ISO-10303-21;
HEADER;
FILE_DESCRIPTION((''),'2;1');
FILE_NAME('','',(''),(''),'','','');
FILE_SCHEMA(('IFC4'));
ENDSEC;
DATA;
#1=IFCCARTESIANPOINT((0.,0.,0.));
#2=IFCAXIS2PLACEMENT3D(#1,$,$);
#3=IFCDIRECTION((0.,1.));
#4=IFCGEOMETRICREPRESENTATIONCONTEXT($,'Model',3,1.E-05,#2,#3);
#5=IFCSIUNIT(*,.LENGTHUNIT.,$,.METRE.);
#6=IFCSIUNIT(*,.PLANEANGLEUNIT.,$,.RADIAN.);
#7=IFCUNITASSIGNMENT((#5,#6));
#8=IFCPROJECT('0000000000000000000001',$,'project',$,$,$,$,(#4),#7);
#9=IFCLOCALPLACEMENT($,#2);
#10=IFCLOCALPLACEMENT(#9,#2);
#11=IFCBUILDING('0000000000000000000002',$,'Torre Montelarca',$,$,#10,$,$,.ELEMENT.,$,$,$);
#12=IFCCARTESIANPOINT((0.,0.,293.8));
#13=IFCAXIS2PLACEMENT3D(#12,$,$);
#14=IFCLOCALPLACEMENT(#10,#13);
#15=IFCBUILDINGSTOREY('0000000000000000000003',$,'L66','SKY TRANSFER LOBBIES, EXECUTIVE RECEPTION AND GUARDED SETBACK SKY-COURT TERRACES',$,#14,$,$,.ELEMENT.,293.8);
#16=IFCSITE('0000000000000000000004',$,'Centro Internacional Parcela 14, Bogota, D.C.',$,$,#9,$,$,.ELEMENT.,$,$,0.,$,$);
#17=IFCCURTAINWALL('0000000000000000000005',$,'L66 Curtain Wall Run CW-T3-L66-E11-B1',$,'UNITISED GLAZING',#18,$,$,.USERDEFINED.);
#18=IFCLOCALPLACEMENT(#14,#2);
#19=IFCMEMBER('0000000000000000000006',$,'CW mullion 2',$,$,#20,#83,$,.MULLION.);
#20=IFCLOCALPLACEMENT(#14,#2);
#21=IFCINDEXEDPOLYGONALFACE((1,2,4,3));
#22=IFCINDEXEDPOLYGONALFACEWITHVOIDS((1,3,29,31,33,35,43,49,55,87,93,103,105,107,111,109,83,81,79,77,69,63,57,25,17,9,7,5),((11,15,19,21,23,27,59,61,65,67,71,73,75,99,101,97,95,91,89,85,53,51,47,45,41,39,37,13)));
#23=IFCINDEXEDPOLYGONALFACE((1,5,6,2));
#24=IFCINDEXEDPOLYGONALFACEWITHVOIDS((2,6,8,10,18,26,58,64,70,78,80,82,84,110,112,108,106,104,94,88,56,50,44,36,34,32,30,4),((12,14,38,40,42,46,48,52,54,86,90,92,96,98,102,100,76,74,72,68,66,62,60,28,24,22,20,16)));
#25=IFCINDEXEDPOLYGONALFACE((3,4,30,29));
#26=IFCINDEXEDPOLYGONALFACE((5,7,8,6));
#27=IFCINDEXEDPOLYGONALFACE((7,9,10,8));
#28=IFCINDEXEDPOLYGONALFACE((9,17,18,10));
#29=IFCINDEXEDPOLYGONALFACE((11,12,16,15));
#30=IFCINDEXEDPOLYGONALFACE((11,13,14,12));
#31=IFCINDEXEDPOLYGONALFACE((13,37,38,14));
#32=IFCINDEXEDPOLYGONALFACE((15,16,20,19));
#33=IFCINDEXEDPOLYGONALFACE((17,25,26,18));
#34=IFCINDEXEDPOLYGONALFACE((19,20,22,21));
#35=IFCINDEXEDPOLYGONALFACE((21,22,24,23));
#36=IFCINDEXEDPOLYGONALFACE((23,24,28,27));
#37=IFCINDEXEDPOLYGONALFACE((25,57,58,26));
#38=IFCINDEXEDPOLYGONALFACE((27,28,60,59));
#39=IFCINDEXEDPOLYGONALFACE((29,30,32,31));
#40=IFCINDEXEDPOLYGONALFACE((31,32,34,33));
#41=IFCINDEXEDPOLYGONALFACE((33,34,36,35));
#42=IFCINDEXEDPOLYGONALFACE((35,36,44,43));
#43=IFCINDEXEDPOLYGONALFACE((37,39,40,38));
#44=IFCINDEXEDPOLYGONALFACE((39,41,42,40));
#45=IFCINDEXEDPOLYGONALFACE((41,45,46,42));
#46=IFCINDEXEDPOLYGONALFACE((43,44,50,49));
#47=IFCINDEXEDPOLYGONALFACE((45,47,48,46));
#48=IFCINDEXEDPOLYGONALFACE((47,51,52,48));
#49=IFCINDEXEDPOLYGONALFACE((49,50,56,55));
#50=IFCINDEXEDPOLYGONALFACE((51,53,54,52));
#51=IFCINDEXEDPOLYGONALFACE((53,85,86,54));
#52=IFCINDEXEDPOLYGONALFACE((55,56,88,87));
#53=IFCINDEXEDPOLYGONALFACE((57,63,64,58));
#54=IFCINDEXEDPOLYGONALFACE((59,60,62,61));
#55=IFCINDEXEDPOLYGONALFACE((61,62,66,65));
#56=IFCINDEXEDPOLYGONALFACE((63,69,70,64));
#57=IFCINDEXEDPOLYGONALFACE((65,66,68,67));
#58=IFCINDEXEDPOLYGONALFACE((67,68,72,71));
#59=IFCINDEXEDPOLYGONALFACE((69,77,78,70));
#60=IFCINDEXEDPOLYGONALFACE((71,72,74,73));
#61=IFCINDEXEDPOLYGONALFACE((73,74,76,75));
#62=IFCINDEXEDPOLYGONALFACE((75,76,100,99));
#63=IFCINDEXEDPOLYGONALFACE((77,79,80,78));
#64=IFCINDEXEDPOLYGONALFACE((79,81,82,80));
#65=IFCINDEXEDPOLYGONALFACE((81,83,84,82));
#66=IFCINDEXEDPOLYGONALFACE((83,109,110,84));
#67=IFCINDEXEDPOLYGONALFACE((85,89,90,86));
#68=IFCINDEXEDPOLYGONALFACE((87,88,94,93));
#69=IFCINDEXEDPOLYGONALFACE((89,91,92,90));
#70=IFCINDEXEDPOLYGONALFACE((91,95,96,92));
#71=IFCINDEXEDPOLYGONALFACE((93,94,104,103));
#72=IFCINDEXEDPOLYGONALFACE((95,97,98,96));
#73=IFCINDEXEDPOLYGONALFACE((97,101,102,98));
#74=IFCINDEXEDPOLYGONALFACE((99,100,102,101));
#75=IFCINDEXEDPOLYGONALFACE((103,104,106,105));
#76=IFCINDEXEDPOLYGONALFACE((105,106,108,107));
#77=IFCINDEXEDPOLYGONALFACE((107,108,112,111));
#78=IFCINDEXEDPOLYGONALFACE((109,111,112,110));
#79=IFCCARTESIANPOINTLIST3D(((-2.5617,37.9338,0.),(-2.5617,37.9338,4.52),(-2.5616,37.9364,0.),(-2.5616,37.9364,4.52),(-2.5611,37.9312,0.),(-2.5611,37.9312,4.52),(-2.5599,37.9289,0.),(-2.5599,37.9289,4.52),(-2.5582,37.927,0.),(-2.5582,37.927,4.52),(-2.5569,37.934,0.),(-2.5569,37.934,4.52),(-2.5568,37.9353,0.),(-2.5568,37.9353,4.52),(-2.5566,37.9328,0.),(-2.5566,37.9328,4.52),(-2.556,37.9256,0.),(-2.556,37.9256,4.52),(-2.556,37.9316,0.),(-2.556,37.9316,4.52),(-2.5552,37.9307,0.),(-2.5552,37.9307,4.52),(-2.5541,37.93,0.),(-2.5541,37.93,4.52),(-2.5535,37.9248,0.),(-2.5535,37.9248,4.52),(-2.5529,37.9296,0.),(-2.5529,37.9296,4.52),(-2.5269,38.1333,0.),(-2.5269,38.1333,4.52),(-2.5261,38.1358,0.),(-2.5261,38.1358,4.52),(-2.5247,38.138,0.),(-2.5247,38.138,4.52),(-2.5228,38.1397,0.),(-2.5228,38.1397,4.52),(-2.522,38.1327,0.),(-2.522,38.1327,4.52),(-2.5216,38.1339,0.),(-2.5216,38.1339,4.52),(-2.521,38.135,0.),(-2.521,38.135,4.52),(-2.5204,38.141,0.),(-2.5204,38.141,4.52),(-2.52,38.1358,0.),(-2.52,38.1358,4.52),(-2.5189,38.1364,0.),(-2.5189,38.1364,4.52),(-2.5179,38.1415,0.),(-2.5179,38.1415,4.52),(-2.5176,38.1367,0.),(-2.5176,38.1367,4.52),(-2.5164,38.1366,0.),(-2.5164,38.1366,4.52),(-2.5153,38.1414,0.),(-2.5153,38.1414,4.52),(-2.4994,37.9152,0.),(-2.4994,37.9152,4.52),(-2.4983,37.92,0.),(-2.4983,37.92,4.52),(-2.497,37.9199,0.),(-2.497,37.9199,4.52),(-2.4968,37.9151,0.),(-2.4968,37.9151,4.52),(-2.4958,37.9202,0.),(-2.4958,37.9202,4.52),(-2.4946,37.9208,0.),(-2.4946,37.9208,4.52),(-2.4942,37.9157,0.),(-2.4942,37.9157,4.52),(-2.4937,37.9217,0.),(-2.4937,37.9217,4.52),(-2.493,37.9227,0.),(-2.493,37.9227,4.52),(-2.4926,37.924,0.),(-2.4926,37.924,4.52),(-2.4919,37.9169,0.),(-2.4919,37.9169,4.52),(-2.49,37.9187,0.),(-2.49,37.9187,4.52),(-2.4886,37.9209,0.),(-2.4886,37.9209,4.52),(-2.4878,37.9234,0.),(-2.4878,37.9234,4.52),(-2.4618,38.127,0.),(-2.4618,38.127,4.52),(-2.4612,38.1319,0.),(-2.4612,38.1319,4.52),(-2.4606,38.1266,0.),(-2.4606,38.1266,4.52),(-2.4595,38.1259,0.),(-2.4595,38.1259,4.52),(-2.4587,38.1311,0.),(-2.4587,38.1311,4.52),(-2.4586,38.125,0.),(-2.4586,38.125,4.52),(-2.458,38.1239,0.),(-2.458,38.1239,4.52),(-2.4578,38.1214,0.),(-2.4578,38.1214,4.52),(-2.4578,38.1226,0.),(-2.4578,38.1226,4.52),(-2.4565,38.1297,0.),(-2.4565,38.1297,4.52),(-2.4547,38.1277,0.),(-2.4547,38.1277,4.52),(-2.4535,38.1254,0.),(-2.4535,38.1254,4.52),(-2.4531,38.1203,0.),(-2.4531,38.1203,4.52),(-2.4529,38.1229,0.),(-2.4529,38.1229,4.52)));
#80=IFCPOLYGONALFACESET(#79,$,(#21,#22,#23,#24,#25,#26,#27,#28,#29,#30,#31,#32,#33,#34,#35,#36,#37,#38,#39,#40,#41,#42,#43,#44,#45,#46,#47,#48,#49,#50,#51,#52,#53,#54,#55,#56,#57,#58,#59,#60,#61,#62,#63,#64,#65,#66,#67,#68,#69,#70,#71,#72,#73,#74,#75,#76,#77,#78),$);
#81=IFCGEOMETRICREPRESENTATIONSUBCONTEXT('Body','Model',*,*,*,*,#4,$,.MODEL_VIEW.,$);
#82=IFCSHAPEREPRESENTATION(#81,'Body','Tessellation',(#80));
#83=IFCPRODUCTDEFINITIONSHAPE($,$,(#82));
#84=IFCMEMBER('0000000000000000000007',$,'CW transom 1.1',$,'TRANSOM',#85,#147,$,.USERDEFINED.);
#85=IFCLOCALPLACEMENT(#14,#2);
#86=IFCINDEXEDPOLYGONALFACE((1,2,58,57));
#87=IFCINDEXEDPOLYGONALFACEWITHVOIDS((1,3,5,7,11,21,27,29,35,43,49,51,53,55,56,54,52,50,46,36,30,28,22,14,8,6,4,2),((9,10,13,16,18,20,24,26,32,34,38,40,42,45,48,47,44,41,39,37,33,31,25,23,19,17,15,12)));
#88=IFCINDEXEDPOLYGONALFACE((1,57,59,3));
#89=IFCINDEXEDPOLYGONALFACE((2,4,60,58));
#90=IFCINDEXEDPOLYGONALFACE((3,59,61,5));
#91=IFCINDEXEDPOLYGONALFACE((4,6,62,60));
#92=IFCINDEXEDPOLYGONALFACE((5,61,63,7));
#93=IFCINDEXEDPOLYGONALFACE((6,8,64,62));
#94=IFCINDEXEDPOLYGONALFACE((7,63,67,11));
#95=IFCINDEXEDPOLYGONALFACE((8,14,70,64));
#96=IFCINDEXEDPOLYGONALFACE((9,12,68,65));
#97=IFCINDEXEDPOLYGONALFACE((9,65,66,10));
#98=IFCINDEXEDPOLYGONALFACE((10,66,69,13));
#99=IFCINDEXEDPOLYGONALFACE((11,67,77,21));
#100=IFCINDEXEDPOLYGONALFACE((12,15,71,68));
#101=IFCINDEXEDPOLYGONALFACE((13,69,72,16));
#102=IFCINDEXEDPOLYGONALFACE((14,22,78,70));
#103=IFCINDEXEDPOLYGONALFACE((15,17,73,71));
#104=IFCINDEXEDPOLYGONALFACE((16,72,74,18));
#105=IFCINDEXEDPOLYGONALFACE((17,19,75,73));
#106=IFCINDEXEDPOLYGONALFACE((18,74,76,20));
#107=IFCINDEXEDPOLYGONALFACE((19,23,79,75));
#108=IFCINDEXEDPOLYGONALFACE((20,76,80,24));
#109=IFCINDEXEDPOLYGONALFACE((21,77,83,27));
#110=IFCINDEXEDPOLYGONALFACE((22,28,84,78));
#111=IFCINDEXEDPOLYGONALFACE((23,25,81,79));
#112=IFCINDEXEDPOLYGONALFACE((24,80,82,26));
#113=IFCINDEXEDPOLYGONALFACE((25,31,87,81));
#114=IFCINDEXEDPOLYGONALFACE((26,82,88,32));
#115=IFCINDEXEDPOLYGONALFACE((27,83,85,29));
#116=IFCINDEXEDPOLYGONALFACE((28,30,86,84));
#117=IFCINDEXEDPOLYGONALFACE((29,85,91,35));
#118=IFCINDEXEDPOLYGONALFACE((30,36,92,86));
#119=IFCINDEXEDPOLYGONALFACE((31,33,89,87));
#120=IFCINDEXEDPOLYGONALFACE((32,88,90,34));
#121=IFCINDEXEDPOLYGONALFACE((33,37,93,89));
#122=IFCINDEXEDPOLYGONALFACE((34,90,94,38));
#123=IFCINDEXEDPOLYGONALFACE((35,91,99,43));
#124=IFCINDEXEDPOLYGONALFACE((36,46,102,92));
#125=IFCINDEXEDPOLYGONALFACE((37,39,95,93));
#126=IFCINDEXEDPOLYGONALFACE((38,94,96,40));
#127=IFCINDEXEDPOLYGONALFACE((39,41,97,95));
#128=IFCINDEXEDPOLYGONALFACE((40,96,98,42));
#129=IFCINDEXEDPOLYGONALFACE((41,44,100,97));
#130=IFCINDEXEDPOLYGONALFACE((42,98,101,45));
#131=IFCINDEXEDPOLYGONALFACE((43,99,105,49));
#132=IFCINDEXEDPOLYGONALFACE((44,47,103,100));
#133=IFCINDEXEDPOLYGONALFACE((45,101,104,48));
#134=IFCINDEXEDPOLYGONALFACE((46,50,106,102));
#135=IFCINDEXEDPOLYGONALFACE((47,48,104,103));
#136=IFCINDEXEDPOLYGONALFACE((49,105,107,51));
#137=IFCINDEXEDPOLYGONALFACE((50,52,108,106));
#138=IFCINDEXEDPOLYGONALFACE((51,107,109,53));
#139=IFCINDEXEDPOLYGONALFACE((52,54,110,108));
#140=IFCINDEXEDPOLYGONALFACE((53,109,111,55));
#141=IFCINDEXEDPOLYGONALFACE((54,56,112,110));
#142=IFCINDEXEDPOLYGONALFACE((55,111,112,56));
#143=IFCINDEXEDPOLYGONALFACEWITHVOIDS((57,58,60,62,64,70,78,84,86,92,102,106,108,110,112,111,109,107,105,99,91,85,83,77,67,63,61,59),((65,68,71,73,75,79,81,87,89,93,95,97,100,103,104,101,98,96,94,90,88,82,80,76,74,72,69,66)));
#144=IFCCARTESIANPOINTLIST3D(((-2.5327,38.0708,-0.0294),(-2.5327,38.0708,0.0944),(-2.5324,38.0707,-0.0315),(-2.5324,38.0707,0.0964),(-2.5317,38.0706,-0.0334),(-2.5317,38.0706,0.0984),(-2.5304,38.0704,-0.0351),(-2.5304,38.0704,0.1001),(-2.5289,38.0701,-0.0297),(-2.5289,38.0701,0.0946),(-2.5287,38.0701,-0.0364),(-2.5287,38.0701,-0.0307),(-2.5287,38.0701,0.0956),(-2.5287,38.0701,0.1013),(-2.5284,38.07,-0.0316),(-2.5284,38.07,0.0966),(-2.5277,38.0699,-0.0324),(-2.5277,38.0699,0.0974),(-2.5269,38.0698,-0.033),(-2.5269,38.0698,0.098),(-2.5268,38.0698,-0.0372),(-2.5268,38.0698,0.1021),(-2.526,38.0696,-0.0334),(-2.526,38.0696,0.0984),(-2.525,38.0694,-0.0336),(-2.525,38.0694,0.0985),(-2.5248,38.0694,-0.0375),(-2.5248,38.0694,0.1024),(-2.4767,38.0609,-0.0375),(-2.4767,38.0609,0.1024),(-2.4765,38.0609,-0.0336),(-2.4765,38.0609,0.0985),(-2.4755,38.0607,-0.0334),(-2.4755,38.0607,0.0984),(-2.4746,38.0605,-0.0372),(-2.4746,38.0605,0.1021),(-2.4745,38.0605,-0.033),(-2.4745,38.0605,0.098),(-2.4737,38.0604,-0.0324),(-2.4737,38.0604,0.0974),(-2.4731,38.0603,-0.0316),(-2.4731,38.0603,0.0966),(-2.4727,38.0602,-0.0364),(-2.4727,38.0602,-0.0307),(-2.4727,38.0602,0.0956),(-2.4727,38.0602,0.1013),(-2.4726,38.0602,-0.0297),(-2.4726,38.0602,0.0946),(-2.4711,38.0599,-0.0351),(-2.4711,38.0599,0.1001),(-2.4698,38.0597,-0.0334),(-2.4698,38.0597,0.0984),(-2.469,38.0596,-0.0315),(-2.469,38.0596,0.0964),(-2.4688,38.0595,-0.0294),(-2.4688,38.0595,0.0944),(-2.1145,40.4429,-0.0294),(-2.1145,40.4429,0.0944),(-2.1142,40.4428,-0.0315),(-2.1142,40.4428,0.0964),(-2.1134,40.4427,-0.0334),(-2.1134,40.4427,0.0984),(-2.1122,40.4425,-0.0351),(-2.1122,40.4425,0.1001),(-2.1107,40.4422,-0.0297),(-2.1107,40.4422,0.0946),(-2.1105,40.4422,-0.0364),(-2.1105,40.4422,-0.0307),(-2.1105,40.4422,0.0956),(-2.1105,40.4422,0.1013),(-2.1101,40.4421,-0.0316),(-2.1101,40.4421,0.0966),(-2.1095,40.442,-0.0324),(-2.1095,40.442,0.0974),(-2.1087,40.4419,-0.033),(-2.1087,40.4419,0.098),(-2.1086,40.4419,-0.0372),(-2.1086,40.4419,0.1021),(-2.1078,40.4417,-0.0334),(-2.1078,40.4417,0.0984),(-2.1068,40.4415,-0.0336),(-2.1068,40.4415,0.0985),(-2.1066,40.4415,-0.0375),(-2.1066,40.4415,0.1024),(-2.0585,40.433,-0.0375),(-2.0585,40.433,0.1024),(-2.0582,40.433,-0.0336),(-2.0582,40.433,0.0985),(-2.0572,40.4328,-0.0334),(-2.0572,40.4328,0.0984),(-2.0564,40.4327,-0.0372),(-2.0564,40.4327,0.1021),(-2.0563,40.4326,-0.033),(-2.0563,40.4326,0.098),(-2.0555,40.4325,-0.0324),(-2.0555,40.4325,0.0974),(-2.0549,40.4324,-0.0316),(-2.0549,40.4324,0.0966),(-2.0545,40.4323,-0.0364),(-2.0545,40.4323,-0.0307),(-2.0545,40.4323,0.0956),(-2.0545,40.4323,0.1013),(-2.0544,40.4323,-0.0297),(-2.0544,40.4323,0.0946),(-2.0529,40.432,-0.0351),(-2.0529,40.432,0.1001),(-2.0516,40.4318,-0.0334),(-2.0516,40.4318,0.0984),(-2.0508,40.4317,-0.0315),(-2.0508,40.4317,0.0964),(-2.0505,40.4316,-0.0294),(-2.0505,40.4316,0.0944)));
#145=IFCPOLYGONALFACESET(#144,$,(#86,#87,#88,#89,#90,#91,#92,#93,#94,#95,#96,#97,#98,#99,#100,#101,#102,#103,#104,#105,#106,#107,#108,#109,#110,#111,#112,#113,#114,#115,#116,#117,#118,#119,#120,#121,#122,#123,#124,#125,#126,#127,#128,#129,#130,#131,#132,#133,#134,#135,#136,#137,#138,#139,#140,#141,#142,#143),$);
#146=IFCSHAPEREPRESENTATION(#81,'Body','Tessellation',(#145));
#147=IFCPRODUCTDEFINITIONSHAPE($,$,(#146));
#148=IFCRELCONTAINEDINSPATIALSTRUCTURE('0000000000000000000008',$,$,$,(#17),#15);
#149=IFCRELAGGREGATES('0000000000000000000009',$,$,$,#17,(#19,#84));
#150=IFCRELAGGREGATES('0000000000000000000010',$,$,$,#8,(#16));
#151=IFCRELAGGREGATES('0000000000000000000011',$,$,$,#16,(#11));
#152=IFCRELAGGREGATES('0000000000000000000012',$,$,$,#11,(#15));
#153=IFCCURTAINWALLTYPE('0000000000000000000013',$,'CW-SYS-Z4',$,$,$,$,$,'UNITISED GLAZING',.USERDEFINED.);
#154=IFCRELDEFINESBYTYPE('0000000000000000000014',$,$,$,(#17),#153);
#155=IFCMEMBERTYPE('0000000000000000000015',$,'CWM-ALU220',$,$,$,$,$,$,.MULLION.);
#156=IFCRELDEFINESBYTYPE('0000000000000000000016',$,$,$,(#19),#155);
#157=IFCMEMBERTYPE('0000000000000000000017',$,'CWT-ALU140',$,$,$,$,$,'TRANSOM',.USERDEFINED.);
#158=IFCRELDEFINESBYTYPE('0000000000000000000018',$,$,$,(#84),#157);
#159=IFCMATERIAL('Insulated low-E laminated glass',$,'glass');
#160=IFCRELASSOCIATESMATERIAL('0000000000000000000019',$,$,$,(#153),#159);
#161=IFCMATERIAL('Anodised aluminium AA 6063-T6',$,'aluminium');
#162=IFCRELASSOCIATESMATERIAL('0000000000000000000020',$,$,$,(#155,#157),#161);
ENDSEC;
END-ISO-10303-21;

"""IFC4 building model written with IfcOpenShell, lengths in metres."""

from ifc_helpers import new_model, si_unit, direction, frame, origin, origin_2d, place, context, subcontext, project, spatial, hollow_rectangle, extrude, source, transform, mapped, material, material_profile, profile_set, type_object, element, aggregate, save


model = new_model("IFC4")

# Units and contexts
model_context = context("Model", 3, precision=1e-05, world=origin(), true_north=direction((0.0, 1.0)))
body_context = subcontext(model_context, "Body", "Model", "MODEL_VIEW")
ifc_project = project(units=[si_unit("LENGTHUNIT", "METRE"), si_unit("PLANEANGLEUNIT", "RADIAN")], contexts=[model_context])

# Site, building, storey
site_placement = place(None, origin())
site = spatial("IfcSite", under=ifc_project, at=site_placement, Name="Centro Internacional Parcela 14, Bogota, D.C.", CompositionType="ELEMENT", RefElevation=0.0)
building_placement = place(site_placement, origin())
building = spatial("IfcBuilding", under=site, at=building_placement, Name="Torre Montelarca", CompositionType="ELEMENT")
storey_placement = place(building_placement, frame((0.0, 0.0, 293.8)))
storey = spatial("IfcBuildingStorey", under=building, at=storey_placement, Name="L66", Description="SKY TRANSFER LOBBIES, EXECUTIVE RECEPTION AND GUARDED SETBACK SKY-COURT TERRACES", CompositionType="ELEMENT", Elevation=293.8)

# Curtain wall, members
ifc_material_1 = material(Name="Insulated low-E laminated glass", Category="glass")
curtain_wall_type = type_object("IfcCurtainWallType", Name="CW-SYS-Z4", ElementType="UNITISED GLAZING", PredefinedType="USERDEFINED", material=ifc_material_1)
ifc_material_2 = material(Name="Anodised aluminium AA 6063-T6", Category="aluminium")
ifc_material_profile_1 = material_profile(ifc_material_2, hollow_rectangle(XDim=0.075, YDim=0.22, WallThickness=0.0049, InnerFilletRadius=0.0049, OuterFilletRadius=0.01, at=origin_2d()), Name="ALU75X220X5", Category="aluminium")
ifc_profile_set_1 = profile_set([ifc_material_profile_1], Name="Anodised aluminium AA 6063-T6")
member_type_1 = type_object("IfcMemberType", Name="CWM-ALU220", PredefinedType="MULLION", material=ifc_profile_set_1)
shared_shape_1 = source(origin(), body_context, "Body", "SweptSolid", [
    extrude(hollow_rectangle(XDim=0.075, YDim=0.22, WallThickness=0.0049, InnerFilletRadius=0.0049, OuterFilletRadius=0.01, at=origin_2d()), origin(), (0.0, 0.0, 1.0), 4.52),
])
curtain_wall_1_placement = place(storey_placement, origin())
curtain_wall_1 = element("IfcCurtainWall", 1, at=curtain_wall_1_placement, inside=storey, type_object=curtain_wall_type, Name="L66 Curtain Wall Run CW-T3-L66-E11-B1", ObjectType="UNITISED GLAZING", PredefinedType="USERDEFINED")
member_1_placement = place(storey_placement, frame((-2.5073, 38.0283, 0.0), z_axis=(0.0, 0.0, 1.0), x_axis=(0.98481, -0.173635, 0.0)))
member_1 = element("IfcMember", 2, at=member_1_placement, type_object=member_type_1, Name="CW mullion 2", PredefinedType="MULLION", context=body_context, shape_type="MappedRepresentation", body=[
    mapped(shared_shape_1, transform((0.0, 0.0, 0.0), scale=1.0)),
])
ifc_material_profile_2 = material_profile(ifc_material_2, hollow_rectangle(XDim=0.0649, YDim=0.1399, WallThickness=0.0039, InnerFilletRadius=0.0039, OuterFilletRadius=0.0081, at=origin_2d()), Name="ALU65X140X4", Category="aluminium")
ifc_profile_set_2 = profile_set([ifc_material_profile_2], Name="Anodised aluminium AA 6063-T6")
member_type_2 = type_object("IfcMemberType", Name="CWT-ALU140", ElementType="TRANSOM", PredefinedType="USERDEFINED", material=ifc_profile_set_2)
shared_shape_2 = source(origin(), body_context, "Body", "SweptSolid", [
    extrude(hollow_rectangle(XDim=0.0649, YDim=0.1399, WallThickness=0.0039, InnerFilletRadius=0.0039, OuterFilletRadius=0.0081, at=origin_2d()), origin(), (0.0, 0.0, 1.0), 2.4087),
])
member_2_placement = place(storey_placement, frame((-2.0825, 40.4373, 0.0325), z_axis=(-0.173629, -0.984811, 0.0), x_axis=(0.984811, -0.173629, 0.0)))
member_2 = element("IfcMember", 3, at=member_2_placement, type_object=member_type_2, Name="CW transom 1.1", ObjectType="TRANSOM", PredefinedType="USERDEFINED", context=body_context, shape_type="MappedRepresentation", body=[
    mapped(shared_shape_2, transform((0.0, 0.0, 0.0), scale=1.0)),
])

aggregate(curtain_wall_1, [member_1, member_2])

save(model, "model.ifc")
